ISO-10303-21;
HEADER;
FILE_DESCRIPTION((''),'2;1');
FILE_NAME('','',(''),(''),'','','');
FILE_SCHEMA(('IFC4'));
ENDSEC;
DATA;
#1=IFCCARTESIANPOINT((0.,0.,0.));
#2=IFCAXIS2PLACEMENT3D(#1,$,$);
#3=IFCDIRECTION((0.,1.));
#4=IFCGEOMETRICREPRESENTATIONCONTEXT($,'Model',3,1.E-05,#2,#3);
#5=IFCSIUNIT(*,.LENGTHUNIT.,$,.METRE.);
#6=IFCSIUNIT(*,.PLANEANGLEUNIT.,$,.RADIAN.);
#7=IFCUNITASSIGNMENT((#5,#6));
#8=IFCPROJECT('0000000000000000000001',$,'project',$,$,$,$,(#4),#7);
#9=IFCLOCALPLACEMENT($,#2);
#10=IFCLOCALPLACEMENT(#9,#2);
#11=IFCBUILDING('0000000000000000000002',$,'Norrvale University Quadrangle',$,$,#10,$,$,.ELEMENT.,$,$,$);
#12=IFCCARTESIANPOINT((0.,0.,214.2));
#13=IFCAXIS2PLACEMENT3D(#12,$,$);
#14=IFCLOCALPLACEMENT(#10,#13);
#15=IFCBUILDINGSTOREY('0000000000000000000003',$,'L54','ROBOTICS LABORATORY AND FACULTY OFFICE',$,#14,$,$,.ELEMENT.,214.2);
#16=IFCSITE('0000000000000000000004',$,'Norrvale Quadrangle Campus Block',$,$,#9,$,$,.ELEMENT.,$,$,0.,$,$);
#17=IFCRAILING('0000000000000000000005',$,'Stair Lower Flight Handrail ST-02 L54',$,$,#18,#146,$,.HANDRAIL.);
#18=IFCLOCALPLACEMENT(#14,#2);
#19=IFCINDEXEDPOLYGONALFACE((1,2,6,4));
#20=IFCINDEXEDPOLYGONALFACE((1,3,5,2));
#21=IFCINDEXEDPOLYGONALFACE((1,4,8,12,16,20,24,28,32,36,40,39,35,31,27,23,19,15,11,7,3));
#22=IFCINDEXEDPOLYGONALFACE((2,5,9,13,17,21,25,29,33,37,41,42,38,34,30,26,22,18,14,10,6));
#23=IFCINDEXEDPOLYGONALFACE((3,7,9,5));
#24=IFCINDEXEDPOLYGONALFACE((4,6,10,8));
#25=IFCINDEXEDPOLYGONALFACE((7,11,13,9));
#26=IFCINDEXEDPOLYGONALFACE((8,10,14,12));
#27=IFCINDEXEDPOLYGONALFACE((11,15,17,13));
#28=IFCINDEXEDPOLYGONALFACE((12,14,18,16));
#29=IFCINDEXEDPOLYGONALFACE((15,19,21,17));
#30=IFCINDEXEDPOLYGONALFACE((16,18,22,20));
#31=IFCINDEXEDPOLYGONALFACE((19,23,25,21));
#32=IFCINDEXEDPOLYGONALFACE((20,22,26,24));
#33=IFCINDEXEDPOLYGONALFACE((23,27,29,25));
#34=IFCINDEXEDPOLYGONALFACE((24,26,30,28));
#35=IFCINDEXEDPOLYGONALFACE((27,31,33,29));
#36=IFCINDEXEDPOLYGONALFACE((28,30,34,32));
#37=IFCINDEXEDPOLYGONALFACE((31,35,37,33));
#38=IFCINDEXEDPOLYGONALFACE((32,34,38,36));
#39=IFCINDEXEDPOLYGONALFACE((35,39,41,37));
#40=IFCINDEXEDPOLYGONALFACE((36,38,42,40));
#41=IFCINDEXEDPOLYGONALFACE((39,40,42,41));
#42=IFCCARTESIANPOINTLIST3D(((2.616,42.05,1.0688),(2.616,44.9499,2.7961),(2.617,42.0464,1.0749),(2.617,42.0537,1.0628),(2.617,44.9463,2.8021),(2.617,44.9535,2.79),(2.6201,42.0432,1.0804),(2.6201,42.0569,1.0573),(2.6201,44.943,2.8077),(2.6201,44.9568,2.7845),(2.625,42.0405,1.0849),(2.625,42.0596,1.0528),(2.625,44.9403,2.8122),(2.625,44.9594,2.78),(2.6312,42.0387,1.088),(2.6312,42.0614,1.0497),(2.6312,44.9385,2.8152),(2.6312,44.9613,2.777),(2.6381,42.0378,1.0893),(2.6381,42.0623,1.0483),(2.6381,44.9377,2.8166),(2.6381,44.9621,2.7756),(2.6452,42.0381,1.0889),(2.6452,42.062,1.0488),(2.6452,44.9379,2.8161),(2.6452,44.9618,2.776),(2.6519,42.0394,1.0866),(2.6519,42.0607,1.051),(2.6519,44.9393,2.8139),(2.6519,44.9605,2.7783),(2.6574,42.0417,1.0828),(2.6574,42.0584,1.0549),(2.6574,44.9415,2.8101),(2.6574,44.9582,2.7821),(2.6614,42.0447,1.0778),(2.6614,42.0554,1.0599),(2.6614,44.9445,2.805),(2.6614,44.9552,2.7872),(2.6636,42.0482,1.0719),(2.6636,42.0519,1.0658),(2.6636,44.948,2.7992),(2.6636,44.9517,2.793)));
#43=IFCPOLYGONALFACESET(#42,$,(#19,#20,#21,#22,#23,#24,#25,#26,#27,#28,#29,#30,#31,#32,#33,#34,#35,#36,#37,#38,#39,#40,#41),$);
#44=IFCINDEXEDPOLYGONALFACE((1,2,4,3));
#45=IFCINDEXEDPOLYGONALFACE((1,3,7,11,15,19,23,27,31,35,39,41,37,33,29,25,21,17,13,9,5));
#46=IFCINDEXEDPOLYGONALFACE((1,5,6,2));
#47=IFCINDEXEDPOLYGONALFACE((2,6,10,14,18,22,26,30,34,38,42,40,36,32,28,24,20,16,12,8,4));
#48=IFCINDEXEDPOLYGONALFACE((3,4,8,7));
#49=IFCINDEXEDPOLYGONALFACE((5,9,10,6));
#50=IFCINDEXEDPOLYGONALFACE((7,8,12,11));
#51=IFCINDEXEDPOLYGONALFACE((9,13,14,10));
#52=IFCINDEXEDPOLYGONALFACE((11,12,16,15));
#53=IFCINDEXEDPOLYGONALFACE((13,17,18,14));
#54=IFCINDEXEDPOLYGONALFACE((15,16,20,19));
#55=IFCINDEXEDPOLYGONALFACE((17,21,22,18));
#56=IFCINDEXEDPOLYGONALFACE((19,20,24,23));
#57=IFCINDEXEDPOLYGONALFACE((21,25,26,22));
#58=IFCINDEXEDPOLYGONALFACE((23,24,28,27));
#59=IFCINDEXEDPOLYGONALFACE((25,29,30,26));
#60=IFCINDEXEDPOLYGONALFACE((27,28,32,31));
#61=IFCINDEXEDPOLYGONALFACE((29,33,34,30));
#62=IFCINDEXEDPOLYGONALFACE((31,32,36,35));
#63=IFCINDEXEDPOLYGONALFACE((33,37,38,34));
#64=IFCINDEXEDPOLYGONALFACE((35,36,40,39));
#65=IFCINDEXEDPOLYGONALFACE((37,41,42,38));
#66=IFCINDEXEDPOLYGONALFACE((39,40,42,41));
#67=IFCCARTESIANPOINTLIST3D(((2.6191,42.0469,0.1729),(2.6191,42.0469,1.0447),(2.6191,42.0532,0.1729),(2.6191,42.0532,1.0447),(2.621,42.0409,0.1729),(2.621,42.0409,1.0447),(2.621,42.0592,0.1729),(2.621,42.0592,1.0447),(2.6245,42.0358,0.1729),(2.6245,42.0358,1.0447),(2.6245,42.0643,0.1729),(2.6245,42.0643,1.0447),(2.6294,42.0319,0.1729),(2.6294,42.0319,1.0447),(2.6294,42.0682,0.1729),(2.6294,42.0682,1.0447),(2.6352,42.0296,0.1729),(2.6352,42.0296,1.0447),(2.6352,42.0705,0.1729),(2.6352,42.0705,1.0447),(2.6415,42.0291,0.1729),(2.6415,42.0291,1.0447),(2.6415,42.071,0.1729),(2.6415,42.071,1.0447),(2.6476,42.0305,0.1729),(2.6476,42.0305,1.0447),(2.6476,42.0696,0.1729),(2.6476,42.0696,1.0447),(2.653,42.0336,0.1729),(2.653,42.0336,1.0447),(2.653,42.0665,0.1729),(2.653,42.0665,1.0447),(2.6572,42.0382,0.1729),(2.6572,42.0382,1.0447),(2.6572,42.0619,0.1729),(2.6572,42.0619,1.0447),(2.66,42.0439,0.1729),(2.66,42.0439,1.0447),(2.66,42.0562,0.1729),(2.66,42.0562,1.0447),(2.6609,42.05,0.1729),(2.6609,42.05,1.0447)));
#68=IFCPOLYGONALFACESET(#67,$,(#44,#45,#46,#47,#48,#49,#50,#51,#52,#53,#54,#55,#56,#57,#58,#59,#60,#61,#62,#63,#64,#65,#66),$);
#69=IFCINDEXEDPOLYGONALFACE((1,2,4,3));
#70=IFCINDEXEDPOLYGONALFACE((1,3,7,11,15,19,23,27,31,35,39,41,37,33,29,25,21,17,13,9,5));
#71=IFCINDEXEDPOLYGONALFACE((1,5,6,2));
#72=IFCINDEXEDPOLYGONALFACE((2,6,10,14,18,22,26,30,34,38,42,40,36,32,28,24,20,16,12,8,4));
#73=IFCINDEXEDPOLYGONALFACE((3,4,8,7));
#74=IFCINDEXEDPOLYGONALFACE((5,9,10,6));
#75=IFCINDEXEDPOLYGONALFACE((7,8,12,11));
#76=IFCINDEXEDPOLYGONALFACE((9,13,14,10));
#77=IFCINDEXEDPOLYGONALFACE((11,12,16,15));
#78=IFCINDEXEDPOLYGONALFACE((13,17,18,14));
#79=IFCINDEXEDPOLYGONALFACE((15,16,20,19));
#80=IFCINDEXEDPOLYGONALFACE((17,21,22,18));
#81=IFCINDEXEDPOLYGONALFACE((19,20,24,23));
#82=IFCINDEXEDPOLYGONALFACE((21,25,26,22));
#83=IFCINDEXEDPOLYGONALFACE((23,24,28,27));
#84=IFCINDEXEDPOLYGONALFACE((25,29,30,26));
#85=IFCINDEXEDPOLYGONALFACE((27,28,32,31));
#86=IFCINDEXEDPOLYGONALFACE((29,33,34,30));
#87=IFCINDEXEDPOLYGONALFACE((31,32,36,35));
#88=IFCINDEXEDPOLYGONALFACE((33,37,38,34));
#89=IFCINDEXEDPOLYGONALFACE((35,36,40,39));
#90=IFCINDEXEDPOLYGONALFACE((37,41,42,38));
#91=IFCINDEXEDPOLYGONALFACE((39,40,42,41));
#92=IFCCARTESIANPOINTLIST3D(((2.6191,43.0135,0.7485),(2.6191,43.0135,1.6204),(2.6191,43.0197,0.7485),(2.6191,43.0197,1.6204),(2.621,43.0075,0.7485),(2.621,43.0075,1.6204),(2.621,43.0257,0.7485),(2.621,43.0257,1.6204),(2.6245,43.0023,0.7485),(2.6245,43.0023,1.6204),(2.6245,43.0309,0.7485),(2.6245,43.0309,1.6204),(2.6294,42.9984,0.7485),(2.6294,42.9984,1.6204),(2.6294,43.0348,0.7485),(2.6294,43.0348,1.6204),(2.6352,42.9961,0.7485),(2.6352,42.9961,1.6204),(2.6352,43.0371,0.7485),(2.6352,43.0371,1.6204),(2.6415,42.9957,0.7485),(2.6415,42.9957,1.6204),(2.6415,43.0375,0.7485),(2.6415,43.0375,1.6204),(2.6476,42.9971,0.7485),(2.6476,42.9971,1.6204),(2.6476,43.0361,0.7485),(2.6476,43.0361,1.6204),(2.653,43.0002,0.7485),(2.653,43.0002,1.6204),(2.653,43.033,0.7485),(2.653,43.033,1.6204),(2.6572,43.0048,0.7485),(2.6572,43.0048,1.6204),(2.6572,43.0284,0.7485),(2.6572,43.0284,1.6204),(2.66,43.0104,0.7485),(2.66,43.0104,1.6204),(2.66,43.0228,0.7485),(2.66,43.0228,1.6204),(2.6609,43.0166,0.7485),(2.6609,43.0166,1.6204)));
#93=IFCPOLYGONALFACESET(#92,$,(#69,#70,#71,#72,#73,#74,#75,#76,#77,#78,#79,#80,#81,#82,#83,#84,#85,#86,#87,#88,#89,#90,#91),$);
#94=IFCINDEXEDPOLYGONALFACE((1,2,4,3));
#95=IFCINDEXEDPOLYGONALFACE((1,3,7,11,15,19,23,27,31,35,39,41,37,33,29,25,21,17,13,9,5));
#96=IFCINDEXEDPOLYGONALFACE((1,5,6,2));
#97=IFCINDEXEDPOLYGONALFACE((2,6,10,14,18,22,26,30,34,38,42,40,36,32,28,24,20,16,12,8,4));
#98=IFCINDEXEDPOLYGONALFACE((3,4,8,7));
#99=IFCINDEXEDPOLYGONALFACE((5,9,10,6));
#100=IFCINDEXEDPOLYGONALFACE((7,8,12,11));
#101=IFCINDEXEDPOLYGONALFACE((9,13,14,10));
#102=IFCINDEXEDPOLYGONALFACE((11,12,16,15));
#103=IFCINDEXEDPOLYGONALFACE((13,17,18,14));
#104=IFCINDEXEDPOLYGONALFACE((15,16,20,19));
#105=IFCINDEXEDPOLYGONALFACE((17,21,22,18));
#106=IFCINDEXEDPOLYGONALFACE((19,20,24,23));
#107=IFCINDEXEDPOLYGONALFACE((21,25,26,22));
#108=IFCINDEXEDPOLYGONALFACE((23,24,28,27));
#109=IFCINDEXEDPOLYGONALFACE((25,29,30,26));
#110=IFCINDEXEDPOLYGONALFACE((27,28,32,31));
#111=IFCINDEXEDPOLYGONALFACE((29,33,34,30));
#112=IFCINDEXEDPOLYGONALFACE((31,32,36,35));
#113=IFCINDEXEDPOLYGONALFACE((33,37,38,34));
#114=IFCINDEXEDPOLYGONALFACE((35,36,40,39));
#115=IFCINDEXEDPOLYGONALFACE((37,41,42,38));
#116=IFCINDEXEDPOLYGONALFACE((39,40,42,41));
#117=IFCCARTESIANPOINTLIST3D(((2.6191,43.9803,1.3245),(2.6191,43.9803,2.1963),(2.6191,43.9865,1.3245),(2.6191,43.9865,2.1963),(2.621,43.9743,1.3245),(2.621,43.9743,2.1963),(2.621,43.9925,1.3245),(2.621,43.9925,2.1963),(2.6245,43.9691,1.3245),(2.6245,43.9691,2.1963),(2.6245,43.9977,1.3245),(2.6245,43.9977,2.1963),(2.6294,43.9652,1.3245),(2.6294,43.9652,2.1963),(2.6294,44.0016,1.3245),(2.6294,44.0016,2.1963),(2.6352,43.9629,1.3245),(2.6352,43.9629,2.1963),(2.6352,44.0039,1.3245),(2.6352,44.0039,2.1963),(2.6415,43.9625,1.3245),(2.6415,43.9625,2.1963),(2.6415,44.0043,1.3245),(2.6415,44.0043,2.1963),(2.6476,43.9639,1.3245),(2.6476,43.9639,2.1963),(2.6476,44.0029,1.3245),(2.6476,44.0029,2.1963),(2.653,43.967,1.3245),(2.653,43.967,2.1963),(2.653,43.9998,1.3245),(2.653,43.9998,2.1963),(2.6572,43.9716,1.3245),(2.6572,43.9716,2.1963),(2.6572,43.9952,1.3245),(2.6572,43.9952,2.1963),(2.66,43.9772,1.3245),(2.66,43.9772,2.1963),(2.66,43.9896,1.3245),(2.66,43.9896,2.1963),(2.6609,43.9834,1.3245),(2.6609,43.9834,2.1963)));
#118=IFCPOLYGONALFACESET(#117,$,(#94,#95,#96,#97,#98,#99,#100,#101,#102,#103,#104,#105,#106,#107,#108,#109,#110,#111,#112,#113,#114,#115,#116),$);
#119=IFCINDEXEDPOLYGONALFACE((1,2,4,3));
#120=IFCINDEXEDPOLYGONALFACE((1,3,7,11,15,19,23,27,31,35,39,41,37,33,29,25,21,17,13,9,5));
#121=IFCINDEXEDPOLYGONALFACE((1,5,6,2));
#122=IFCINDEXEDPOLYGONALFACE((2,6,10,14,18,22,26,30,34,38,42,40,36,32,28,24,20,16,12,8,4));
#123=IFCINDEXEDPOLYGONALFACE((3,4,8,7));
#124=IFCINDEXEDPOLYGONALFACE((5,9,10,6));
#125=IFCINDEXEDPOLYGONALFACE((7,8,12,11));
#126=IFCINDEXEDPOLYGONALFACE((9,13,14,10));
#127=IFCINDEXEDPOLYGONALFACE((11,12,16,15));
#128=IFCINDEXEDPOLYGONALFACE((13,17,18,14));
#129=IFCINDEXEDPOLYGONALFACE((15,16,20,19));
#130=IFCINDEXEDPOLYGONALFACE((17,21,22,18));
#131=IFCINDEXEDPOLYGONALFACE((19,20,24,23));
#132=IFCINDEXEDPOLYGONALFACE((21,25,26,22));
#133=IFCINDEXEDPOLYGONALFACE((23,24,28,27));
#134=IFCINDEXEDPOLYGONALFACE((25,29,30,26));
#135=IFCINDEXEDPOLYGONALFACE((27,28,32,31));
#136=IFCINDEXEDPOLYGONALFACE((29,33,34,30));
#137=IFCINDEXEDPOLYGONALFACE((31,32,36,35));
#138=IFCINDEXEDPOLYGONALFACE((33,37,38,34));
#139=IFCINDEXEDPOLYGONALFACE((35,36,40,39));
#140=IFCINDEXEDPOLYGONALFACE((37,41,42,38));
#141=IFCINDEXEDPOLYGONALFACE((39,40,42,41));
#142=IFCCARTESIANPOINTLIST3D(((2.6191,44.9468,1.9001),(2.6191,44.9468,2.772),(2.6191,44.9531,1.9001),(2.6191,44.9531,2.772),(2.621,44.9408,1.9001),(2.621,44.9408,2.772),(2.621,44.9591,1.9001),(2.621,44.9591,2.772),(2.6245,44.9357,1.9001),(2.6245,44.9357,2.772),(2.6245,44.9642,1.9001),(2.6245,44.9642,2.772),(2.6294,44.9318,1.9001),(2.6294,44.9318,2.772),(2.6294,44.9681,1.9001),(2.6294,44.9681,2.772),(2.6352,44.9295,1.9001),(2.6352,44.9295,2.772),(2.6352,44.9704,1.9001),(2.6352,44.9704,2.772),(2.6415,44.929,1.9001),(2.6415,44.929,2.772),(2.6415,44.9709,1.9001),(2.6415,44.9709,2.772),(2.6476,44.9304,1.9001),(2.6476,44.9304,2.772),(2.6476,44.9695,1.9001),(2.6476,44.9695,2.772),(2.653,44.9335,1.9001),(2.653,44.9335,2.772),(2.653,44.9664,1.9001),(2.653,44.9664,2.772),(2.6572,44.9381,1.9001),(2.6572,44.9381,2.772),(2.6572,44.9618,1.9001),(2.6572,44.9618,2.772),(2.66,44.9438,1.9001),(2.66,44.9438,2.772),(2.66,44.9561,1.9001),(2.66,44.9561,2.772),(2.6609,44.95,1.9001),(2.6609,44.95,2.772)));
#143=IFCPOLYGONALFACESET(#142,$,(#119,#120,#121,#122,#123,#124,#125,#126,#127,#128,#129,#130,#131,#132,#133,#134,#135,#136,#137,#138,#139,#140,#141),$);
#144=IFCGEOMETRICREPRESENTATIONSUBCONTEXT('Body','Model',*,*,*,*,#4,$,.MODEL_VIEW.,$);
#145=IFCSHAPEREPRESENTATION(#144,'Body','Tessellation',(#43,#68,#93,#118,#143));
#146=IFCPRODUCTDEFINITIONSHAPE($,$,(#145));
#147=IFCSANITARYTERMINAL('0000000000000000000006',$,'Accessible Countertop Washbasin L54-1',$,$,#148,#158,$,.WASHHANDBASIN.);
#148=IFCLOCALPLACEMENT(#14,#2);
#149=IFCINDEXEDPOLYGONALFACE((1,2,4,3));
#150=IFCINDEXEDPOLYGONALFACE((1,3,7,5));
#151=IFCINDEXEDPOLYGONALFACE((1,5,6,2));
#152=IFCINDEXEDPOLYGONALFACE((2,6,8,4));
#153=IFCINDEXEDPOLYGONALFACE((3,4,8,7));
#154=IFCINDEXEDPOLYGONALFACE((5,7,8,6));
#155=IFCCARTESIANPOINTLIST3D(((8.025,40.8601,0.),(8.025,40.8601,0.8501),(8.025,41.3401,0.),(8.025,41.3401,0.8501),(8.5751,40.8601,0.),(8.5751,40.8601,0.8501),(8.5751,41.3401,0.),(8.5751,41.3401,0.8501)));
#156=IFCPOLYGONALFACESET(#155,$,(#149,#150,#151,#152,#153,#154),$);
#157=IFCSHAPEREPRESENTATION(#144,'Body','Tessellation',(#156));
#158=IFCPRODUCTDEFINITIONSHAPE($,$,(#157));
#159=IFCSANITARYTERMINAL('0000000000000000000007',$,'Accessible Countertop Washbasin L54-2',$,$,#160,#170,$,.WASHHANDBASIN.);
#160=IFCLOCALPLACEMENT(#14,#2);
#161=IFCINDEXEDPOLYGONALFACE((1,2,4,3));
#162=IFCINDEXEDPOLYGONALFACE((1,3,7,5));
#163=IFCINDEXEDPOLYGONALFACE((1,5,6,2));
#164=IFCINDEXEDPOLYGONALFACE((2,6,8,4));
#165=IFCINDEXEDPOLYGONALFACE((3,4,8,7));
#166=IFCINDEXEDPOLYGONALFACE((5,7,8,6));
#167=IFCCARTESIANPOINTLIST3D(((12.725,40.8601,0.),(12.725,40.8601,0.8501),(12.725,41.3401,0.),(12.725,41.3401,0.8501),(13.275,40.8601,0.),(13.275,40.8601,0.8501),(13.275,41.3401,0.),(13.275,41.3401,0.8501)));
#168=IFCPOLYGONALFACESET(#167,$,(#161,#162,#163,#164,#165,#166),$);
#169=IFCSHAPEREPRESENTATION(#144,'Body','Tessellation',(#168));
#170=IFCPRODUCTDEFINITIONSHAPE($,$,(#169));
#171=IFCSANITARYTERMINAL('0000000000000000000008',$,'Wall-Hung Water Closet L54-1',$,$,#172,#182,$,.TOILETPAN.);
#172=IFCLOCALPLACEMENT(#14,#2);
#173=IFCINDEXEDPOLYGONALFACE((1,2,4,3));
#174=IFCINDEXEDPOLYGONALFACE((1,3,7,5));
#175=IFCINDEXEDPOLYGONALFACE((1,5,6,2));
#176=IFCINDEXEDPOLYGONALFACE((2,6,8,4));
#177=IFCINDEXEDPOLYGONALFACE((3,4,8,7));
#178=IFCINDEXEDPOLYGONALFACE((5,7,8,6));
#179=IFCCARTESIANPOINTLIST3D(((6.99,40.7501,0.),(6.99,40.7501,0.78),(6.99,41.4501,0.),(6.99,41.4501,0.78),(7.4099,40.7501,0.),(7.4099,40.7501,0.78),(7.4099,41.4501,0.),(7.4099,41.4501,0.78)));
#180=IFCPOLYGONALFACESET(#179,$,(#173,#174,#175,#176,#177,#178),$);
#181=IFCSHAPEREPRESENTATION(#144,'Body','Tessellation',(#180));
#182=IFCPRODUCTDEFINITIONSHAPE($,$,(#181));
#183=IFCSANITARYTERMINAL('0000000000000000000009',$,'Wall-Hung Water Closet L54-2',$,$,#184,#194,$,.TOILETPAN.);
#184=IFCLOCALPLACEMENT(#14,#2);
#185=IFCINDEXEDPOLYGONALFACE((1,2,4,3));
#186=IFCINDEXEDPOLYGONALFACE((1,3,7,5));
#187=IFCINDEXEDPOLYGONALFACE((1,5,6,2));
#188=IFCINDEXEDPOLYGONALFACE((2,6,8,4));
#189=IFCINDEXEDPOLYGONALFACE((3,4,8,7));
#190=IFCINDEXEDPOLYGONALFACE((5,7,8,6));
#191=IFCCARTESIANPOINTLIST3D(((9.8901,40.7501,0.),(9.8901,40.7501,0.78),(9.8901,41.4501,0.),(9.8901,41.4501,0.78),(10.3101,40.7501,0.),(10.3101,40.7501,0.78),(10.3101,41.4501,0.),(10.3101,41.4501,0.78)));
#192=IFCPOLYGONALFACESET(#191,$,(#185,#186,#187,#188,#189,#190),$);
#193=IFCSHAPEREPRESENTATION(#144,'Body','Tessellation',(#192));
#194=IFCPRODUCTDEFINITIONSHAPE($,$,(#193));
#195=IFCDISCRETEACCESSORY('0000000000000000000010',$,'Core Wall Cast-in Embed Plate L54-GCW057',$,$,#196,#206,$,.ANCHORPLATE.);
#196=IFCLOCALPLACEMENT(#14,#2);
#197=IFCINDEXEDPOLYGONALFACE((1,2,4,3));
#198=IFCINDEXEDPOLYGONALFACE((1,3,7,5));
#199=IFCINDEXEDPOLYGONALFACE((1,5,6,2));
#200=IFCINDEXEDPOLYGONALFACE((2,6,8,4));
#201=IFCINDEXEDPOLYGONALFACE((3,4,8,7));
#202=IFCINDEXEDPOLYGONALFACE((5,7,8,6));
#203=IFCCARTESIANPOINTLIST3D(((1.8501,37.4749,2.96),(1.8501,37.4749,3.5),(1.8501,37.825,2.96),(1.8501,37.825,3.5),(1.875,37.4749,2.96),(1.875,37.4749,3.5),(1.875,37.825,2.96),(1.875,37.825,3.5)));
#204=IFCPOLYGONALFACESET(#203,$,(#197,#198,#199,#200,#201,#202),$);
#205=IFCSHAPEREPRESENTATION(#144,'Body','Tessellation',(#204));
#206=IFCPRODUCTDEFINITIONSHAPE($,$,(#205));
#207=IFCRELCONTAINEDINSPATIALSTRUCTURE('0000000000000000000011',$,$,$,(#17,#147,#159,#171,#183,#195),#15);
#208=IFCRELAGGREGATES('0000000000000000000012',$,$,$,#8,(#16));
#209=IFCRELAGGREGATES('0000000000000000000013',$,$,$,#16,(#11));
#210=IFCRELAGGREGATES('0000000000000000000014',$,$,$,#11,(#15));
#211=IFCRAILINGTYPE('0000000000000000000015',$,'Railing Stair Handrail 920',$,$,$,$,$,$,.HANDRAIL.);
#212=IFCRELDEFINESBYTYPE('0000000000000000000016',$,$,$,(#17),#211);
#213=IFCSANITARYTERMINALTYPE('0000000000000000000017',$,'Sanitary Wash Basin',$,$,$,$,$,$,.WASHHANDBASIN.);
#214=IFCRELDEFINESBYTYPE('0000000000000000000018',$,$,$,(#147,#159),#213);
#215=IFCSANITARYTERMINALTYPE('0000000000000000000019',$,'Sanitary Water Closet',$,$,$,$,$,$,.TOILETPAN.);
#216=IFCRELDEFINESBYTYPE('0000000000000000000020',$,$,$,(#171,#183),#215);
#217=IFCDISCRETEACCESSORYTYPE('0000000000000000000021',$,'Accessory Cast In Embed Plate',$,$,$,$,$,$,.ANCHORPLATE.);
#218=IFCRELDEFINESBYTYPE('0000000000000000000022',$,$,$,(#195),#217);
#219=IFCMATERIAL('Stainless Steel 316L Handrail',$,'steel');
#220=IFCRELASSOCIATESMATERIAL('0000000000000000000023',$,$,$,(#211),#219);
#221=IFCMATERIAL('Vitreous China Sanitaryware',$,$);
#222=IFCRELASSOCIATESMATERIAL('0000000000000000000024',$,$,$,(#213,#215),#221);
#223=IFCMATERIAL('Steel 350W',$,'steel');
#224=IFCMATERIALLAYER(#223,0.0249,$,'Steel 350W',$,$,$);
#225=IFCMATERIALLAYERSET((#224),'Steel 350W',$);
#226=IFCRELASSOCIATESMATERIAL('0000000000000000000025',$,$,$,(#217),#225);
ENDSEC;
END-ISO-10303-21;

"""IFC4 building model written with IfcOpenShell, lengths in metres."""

from ifc_helpers import new_model, si_unit, direction, frame, origin, origin_2d, place, context, subcontext, project, spatial, rectangle, circle, extrude, material, layer, layer_set, type_object, element, save


model = new_model("IFC4")

# Units and contexts
model_context = context("Model", 3, precision=1e-05, world=origin(), true_north=direction((0.0, 1.0)))
body_context = subcontext(model_context, "Body", "Model", "MODEL_VIEW")
ifc_project = project(units=[si_unit("LENGTHUNIT", "METRE"), si_unit("PLANEANGLEUNIT", "RADIAN")], contexts=[model_context])

# Site, building, storey
site_placement = place(None, origin())
site = spatial("IfcSite", under=ifc_project, at=site_placement, Name="Norrvale Quadrangle Campus Block", CompositionType="ELEMENT", RefElevation=0.0)
building_placement = place(site_placement, origin())
building = spatial("IfcBuilding", under=site, at=building_placement, Name="Norrvale University Quadrangle", CompositionType="ELEMENT")
storey_placement = place(building_placement, frame((0.0, 0.0, 214.2)))
storey = spatial("IfcBuildingStorey", under=building, at=storey_placement, Name="L54", Description="ROBOTICS LABORATORY AND FACULTY OFFICE", CompositionType="ELEMENT", Elevation=214.2)

# Shared definitions
ifc_material_1 = material(Name="Steel 350W", Category="steel")

# Railing
ifc_material_2 = material(Name="Stainless Steel 316L Handrail", Category="steel")
railing_type_1 = type_object("IfcRailingType", Name="Railing Stair Handrail 920", PredefinedType="HANDRAIL", material=ifc_material_2)
railing_1_placement = place(storey_placement, frame((2.6399, 42.05, 0.1729)))
element("IfcRailing", 1, at=railing_1_placement, inside=storey, type_object=railing_type_1, Name="Stair Lower Flight Handrail ST-02 L54", PredefinedType="HANDRAIL", context=body_context, shape_type="SweptSolid", body=[
    extrude(circle(Radius=0.0239, at=origin_2d()), frame((0.0, 0.0, 0.896), z_axis=(0.0, 0.859141, 0.511738), x_axis=(-1.0, 0.0, 0.0)), (0.0, 0.0, 1.0), 3.3752),
    extrude(circle(Radius=0.021, at=origin_2d()), origin(), (0.0, 0.0, 1.0), 0.8718),
    extrude(circle(Radius=0.021, at=origin_2d()), frame((0.0, 0.9666, 0.5757)), (0.0, 0.0, 1.0), 0.8718),
    extrude(circle(Radius=0.021, at=origin_2d()), frame((0.0, 1.9333, 1.1516)), (0.0, 0.0, 1.0), 0.8718),
    extrude(circle(Radius=0.021, at=origin_2d()), frame((0.0, 2.8999, 1.7273)), (0.0, 0.0, 1.0), 0.8718),
])

# Sanitary terminals
ifc_material_3 = material(Name="Vitreous China Sanitaryware")
sanitary_terminal_type_1 = type_object("IfcSanitaryTerminalType", Name="Sanitary Wash Basin", PredefinedType="WASHHANDBASIN", material=ifc_material_3)
for number, where, z_axis, x_axis, name in (
    (2, (8.3, 41.1001, 0.0), (0.0, 0.0, 1.0), (1.0, 0.0, 0.0), "Accessible Countertop Washbasin L54-1"),
    (3, (13.0, 41.1001, 0.0), (0.0, 0.0, 1.0), (1.0, 0.0, 0.0), "Accessible Countertop Washbasin L54-2"),
):
    element("IfcSanitaryTerminal", number, at=place(storey_placement, frame(where, z_axis=z_axis, x_axis=x_axis)), inside=storey, type_object=sanitary_terminal_type_1, Name=name, PredefinedType="WASHHANDBASIN", context=body_context, shape_type="SweptSolid", body=[
        extrude(rectangle(XDim=0.55, YDim=0.48, at=origin_2d()), origin(), (0.0, 0.0, 1.0), 0.8501),
    ])
sanitary_terminal_type_2 = type_object("IfcSanitaryTerminalType", Name="Sanitary Water Closet", PredefinedType="TOILETPAN", material=ifc_material_3)
for number, where, z_axis, x_axis, name in (
    (4, (7.2, 41.1001, 0.0), (0.0, 0.0, 1.0), (1.0, 0.0, 0.0), "Wall-Hung Water Closet L54-1"),
    (5, (10.1001, 41.1001, 0.0), (0.0, 0.0, 1.0), (1.0, 0.0, 0.0), "Wall-Hung Water Closet L54-2"),
):
    element("IfcSanitaryTerminal", number, at=place(storey_placement, frame(where, z_axis=z_axis, x_axis=x_axis)), inside=storey, type_object=sanitary_terminal_type_2, Name=name, PredefinedType="TOILETPAN", context=body_context, shape_type="SweptSolid", body=[
        extrude(rectangle(XDim=0.4199, YDim=0.7, at=origin_2d()), origin(), (0.0, 0.0, 1.0), 0.78),
    ])

# Discrete accessory
ifc_layer_1 = layer(ifc_material_1, 0.0249, Name="Steel 350W")
ifc_layer_set_1 = layer_set([ifc_layer_1], Name="Steel 350W")
discrete_accessory_type = type_object("IfcDiscreteAccessoryType", Name="Accessory Cast In Embed Plate", PredefinedType="ANCHORPLATE", material=ifc_layer_set_1)
discrete_accessory_placement = place(storey_placement, frame((1.8625, 37.6499, 2.96), z_axis=(0.0, 0.0, 1.0), x_axis=(1.0, 0.0, 0.0)))
element("IfcDiscreteAccessory", 6, at=discrete_accessory_placement, inside=storey, type_object=discrete_accessory_type, Name="Core Wall Cast-in Embed Plate L54-GCW057", PredefinedType="ANCHORPLATE", context=body_context, shape_type="SweptSolid", body=[
    extrude(rectangle(XDim=0.0249, YDim=0.3501, at=origin_2d()), origin(), (0.0, 0.0, 1.0), 0.54),
])

save(model, "model.ifc")
